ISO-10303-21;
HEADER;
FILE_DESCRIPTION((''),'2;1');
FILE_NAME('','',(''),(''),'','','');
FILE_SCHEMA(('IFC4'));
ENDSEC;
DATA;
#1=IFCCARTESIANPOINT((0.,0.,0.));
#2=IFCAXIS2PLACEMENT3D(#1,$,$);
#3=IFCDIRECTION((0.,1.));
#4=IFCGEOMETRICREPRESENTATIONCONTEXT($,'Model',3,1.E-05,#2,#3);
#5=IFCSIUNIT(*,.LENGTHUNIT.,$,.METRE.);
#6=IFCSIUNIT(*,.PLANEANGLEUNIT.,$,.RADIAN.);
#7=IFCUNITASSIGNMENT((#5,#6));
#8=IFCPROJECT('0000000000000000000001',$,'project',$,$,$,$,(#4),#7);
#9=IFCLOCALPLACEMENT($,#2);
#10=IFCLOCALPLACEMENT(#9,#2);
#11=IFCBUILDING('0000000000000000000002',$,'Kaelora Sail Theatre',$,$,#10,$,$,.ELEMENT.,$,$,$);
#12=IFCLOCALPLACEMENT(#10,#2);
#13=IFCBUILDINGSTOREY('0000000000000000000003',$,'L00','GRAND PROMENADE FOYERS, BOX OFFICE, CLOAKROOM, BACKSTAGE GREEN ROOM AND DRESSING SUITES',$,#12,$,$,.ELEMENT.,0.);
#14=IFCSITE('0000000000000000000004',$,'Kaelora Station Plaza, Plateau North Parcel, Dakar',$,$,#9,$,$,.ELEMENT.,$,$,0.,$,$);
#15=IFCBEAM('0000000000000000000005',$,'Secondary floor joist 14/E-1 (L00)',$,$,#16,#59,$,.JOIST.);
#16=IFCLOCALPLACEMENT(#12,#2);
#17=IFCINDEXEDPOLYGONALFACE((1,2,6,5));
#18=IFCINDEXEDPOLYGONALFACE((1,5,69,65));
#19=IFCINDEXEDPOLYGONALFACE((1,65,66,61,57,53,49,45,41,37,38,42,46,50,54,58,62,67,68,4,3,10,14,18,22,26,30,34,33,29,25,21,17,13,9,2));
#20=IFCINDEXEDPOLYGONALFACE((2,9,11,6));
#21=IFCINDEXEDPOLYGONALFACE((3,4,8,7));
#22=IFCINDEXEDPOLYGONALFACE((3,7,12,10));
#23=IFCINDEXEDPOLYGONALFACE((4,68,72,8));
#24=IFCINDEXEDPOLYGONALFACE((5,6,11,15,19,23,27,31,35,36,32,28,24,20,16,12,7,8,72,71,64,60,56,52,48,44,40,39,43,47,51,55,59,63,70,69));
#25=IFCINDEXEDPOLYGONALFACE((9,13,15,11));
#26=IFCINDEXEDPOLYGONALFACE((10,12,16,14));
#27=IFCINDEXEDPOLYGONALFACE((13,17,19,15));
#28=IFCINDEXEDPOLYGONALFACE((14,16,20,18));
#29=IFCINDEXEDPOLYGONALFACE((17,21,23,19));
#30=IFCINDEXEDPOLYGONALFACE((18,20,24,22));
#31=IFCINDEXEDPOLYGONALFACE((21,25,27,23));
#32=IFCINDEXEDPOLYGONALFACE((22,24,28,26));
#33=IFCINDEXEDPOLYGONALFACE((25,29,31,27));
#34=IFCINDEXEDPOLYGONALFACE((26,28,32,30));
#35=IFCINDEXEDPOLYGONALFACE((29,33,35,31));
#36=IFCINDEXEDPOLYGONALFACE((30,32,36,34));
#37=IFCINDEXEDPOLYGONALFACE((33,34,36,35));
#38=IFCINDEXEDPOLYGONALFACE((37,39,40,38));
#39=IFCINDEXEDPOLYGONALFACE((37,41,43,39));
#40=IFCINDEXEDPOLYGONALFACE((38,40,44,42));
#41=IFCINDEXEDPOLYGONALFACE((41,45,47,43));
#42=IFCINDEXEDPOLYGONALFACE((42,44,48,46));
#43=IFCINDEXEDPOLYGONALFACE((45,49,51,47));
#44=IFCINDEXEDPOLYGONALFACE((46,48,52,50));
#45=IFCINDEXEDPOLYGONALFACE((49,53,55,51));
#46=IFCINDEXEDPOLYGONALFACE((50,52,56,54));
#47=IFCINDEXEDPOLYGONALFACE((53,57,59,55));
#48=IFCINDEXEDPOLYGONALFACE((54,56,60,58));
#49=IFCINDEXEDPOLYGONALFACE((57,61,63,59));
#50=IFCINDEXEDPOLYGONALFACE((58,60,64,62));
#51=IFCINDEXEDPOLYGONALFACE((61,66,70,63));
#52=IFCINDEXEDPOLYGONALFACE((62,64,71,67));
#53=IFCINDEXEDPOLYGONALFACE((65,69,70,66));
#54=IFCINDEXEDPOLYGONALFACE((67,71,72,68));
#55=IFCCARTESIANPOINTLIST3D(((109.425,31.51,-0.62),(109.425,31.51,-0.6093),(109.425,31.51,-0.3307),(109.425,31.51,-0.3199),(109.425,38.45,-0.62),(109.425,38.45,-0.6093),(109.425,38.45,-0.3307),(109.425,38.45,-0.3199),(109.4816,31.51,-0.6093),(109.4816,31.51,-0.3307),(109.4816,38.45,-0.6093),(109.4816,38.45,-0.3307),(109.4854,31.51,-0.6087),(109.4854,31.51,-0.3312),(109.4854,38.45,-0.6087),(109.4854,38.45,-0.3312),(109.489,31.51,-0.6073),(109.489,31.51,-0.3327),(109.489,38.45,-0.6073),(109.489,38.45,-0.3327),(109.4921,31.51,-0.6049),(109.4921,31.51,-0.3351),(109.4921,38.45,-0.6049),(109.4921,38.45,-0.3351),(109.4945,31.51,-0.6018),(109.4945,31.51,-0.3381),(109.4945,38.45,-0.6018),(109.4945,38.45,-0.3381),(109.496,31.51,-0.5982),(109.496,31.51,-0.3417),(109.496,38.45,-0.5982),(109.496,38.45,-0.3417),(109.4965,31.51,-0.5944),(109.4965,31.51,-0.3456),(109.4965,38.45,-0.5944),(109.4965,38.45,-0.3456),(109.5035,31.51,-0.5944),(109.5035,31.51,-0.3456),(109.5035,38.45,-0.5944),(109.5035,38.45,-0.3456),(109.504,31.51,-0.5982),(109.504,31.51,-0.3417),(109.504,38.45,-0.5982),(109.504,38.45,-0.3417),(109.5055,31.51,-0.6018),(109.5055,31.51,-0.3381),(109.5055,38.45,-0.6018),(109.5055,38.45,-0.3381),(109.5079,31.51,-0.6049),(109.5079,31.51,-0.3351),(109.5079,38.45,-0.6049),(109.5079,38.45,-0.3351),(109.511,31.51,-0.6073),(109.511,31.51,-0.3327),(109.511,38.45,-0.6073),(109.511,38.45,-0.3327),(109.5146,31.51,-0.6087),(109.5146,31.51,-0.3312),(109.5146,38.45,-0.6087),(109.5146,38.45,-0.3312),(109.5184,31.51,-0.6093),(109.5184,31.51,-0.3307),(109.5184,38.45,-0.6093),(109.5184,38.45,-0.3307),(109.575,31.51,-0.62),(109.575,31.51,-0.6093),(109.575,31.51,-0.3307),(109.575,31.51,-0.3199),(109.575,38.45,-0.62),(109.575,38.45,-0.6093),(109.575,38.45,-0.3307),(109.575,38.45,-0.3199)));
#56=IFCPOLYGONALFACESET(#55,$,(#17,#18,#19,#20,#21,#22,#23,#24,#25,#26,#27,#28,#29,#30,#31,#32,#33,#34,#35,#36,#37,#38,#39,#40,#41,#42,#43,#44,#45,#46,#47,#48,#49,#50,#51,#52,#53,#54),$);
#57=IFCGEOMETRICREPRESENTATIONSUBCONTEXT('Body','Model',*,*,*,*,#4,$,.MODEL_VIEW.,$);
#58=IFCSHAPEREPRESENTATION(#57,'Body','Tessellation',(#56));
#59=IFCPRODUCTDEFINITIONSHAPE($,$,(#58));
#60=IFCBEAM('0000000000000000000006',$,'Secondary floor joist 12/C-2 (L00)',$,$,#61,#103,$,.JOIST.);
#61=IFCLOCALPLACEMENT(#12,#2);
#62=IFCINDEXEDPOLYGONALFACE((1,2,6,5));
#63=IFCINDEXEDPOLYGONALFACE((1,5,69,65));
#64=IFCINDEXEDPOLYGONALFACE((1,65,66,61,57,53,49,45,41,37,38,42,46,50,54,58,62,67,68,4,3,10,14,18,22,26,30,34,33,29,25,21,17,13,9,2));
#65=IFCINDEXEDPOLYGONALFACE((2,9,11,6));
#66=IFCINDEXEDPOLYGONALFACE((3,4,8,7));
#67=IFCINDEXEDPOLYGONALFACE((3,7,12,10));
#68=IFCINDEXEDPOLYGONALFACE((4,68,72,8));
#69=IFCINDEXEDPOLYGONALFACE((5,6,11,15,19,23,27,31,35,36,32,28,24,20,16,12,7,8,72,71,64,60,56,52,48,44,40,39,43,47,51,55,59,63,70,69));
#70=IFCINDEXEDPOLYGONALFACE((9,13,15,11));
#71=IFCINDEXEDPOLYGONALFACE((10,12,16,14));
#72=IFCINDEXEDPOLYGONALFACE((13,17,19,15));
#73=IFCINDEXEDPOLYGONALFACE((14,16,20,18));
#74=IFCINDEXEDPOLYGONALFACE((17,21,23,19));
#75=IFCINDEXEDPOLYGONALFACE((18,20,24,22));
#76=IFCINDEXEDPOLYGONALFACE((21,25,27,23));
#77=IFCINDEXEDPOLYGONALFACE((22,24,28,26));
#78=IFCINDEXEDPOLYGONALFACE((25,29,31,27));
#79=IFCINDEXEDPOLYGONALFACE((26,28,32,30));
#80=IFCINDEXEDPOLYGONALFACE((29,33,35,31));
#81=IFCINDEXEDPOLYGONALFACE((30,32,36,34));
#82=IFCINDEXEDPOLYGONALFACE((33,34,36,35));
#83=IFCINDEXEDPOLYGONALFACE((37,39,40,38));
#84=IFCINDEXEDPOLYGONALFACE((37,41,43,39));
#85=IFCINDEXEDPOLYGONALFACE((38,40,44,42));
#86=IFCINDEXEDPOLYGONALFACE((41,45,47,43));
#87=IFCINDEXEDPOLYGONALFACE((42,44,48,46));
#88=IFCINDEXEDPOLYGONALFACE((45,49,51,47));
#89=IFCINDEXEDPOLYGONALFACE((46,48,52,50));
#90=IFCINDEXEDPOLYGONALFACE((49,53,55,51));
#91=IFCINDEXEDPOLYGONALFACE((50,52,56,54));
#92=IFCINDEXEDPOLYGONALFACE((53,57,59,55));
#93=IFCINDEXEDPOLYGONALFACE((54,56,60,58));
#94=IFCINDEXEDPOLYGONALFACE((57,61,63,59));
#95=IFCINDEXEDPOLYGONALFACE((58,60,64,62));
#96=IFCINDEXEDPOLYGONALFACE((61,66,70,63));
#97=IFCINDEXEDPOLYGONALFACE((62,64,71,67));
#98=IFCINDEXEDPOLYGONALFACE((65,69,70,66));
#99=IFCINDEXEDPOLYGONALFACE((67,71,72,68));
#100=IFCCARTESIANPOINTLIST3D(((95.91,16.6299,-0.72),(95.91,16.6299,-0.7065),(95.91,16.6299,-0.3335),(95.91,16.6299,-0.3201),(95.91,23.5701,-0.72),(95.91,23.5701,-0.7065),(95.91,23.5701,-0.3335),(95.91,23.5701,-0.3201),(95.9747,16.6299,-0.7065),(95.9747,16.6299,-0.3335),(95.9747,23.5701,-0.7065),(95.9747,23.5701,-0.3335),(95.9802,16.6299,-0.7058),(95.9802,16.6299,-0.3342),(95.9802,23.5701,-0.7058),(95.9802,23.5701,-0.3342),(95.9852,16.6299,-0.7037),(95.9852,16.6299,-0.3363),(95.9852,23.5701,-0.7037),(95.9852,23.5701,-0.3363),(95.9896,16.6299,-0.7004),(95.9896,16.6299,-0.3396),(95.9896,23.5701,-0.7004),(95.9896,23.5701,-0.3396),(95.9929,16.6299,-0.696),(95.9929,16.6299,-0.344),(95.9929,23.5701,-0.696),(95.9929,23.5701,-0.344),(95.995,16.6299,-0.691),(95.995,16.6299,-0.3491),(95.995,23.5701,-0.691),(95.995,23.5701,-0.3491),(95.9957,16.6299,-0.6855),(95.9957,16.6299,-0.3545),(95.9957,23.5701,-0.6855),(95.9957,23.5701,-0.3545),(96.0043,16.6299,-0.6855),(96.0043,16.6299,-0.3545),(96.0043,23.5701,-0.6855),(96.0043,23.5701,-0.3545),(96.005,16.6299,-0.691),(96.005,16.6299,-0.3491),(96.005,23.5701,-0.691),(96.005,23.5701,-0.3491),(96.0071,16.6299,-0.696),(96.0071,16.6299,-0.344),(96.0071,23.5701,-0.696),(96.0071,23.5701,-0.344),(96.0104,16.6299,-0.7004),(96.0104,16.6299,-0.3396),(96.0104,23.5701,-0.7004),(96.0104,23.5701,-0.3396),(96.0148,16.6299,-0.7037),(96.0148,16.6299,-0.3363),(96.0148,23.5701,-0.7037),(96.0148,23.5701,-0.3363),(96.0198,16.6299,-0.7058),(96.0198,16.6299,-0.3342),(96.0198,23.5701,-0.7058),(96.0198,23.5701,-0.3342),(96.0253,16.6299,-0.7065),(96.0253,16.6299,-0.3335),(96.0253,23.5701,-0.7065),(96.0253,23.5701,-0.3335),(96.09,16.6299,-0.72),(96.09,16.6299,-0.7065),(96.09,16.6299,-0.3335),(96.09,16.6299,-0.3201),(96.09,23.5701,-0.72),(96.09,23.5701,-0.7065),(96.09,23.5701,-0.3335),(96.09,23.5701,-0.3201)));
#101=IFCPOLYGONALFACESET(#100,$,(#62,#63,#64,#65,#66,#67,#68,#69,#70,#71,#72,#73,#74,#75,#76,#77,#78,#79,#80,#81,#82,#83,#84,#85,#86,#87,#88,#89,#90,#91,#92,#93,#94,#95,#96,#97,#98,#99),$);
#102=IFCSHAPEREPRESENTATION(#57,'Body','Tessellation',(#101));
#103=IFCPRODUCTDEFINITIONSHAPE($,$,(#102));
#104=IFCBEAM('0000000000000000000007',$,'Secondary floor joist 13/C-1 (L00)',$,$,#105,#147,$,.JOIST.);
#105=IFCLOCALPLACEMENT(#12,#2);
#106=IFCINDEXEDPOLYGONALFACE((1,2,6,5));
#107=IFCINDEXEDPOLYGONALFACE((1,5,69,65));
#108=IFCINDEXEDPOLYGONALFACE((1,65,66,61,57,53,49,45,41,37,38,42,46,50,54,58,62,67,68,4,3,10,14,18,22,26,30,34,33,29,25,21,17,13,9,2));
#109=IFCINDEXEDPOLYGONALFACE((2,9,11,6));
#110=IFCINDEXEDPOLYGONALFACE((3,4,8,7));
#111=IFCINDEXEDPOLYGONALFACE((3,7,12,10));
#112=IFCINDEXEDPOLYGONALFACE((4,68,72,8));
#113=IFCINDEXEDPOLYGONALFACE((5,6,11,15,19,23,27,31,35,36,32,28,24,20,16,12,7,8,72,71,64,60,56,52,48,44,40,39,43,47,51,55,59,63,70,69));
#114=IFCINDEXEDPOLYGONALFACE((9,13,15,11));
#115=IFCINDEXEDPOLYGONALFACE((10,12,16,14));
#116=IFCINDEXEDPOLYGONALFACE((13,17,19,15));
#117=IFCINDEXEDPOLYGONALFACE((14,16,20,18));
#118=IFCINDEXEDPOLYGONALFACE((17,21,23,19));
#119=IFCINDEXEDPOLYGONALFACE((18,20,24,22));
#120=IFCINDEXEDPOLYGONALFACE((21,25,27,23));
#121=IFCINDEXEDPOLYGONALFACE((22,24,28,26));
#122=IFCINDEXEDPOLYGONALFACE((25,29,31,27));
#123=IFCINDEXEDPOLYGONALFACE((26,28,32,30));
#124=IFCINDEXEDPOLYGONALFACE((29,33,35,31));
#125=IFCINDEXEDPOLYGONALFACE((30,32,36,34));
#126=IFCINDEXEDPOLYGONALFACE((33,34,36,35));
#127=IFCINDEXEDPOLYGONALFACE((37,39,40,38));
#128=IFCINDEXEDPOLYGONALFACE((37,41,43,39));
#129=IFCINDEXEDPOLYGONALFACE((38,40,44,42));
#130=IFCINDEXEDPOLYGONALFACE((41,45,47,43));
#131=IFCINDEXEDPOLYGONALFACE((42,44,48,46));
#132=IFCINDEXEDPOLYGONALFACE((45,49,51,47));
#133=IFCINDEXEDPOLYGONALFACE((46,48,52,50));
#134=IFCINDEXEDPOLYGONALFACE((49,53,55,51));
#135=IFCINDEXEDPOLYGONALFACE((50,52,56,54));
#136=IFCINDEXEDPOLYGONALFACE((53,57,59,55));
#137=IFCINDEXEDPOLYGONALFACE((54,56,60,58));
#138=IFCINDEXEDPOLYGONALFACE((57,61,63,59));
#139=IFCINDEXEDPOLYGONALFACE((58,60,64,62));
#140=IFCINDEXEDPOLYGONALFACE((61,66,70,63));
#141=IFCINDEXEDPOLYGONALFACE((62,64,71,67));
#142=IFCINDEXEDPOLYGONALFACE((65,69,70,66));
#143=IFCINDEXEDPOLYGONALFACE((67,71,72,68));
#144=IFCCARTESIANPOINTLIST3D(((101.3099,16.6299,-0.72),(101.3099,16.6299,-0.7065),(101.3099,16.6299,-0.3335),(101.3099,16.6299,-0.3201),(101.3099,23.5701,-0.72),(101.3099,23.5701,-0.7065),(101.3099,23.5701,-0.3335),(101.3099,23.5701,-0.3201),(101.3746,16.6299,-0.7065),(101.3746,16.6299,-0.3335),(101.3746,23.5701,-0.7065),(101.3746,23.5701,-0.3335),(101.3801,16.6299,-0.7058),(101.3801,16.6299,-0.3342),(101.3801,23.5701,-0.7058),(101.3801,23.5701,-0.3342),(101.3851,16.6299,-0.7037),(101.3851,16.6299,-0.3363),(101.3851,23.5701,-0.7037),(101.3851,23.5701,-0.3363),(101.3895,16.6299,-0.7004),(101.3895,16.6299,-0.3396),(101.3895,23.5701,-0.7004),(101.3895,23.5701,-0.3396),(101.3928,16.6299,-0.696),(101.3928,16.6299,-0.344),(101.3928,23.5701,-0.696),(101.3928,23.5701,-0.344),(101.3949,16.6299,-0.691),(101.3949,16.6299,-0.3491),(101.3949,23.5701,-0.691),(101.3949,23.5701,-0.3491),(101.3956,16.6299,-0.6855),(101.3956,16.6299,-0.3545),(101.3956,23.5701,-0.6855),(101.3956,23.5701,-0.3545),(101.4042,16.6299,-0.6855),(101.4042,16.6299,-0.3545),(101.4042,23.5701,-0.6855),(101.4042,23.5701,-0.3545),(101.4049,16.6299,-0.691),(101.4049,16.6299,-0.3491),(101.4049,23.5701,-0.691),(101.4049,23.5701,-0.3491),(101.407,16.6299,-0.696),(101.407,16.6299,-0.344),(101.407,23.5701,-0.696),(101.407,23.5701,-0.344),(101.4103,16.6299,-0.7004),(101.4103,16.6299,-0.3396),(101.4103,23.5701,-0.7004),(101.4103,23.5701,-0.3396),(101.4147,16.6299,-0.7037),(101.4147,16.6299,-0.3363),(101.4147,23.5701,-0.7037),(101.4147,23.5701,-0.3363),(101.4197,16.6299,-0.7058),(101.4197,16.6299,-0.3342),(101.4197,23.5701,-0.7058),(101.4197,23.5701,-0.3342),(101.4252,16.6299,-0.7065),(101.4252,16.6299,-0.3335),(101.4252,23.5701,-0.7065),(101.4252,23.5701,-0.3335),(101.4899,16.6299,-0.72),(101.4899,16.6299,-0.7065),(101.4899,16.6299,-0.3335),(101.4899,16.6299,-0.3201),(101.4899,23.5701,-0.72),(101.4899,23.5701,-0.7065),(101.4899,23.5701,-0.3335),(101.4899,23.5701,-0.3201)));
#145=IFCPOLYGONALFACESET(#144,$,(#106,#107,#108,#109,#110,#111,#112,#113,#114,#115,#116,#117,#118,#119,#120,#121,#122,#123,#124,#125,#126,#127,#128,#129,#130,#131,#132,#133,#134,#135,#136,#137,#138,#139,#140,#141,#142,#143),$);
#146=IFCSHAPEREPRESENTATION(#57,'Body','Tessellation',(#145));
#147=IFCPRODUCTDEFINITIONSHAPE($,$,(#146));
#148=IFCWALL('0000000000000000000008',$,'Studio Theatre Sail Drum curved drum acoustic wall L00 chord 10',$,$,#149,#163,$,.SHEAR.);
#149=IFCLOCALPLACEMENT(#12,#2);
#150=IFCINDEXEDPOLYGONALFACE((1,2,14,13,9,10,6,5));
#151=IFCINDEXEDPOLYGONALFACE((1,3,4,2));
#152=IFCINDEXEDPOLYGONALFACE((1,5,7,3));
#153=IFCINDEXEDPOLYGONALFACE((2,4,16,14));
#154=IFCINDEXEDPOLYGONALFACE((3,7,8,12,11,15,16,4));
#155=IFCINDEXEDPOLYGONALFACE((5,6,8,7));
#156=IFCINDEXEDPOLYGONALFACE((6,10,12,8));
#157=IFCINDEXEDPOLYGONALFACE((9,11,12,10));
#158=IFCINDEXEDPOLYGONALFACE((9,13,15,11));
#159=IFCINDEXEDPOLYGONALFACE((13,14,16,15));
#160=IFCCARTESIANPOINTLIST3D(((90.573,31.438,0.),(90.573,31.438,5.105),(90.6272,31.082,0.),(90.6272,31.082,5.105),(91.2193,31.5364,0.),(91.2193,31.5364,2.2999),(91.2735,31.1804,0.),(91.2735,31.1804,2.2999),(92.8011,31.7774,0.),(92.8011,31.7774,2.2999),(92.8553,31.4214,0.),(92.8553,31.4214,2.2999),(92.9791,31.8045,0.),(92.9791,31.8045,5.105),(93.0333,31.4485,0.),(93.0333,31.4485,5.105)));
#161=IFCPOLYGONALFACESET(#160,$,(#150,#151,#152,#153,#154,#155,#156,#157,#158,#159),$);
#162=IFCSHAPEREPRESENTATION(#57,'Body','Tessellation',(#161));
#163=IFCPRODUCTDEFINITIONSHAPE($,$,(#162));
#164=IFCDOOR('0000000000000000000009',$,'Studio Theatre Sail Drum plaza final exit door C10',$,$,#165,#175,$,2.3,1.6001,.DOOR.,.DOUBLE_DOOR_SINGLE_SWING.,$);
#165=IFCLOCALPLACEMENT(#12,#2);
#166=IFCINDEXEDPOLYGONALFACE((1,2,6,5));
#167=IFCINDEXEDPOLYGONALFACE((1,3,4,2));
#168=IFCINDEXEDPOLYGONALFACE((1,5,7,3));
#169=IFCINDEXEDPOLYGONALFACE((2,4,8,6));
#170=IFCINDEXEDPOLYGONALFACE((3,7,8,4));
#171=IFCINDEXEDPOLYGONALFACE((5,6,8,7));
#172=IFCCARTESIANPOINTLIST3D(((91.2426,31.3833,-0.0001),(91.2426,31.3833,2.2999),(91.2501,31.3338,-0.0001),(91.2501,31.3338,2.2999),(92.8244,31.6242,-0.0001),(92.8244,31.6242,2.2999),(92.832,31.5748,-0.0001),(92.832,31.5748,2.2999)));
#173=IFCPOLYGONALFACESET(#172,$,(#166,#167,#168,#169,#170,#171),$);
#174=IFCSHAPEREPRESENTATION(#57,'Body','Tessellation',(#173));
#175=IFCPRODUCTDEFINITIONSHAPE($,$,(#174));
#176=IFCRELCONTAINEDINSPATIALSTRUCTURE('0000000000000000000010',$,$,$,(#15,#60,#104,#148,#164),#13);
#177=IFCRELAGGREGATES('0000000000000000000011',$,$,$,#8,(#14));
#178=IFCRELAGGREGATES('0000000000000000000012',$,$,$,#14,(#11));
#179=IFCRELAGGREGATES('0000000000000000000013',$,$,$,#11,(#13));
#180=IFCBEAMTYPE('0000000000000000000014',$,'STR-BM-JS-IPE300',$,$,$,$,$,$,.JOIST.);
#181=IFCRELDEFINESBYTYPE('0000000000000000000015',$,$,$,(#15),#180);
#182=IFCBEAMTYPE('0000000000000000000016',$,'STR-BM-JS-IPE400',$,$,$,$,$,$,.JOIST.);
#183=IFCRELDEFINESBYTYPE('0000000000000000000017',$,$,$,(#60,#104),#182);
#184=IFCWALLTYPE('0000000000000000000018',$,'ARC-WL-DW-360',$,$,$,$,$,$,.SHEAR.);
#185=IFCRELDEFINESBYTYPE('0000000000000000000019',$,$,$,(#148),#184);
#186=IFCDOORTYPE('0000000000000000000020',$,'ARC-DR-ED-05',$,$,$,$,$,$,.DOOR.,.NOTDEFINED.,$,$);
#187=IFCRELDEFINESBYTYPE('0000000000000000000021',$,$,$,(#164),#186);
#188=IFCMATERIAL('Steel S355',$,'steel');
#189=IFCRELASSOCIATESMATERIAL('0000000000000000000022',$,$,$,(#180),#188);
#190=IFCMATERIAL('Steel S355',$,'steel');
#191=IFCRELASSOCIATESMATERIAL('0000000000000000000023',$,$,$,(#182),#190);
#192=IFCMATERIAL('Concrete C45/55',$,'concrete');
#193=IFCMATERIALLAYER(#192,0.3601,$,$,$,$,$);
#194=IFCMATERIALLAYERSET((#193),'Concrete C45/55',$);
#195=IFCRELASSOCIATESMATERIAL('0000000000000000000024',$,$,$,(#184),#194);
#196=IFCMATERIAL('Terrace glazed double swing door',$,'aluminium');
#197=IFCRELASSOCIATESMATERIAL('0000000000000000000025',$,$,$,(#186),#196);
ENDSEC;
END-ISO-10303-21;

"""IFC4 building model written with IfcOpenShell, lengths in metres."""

from ifc_helpers import new_model, si_unit, direction, frame, frame_2d, origin, origin_2d, place, context, subcontext, project, spatial, rectangle, i_section, extrude, material, layer, layer_set, material_profile, profile_set, type_object, element, fill, save


model = new_model("IFC4")

# Units and contexts
model_context = context("Model", 3, precision=1e-05, world=origin(), true_north=direction((0.0, 1.0)))
body_context = subcontext(model_context, "Body", "Model", "MODEL_VIEW")
ifc_project = project(units=[si_unit("LENGTHUNIT", "METRE"), si_unit("PLANEANGLEUNIT", "RADIAN")], contexts=[model_context])

# Site, building, storey
site_placement = place(None, origin())
site = spatial("IfcSite", under=ifc_project, at=site_placement, Name="Kaelora Station Plaza, Plateau North Parcel, Dakar", CompositionType="ELEMENT", RefElevation=0.0)
building_placement = place(site_placement, origin())
building = spatial("IfcBuilding", under=site, at=building_placement, Name="Kaelora Sail Theatre", CompositionType="ELEMENT")
storey_placement = place(building_placement, origin())
storey = spatial("IfcBuildingStorey", under=building, at=storey_placement, Name="L00", Description="GRAND PROMENADE FOYERS, BOX OFFICE, CLOAKROOM, BACKSTAGE GREEN ROOM AND DRESSING SUITES", CompositionType="ELEMENT", Elevation=0.0)

# Beams
ifc_material_1 = material(Name="Steel S355", Category="steel")
ifc_material_profile_1 = material_profile(ifc_material_1, i_section(OverallWidth=0.1499, OverallDepth=0.3, WebThickness=0.0071, FlangeThickness=0.0107, FilletRadius=0.0149, at=origin_2d()), Name="IPE 300")
ifc_profile_set_1 = profile_set([ifc_material_profile_1], Name="Steel S355")
beam_type_1 = type_object("IfcBeamType", Name="STR-BM-JS-IPE300", PredefinedType="JOIST", material=ifc_profile_set_1)
beam_1_placement = place(storey_placement, frame((109.5, 31.51, -0.47), z_axis=(0.0, 1.0, 0.0), x_axis=(-1.0, 0.0, 0.0)))
element("IfcBeam", 1, at=beam_1_placement, inside=storey, type_object=beam_type_1, Name="Secondary floor joist 14/E-1 (L00)", PredefinedType="JOIST", context=body_context, shape_type="SweptSolid", body=[
    extrude(i_section(OverallWidth=0.1499, OverallDepth=0.3, WebThickness=0.0071, FlangeThickness=0.0107, FilletRadius=0.0149, at=origin_2d()), origin(), (0.0, 0.0, 1.0), 6.9399),
])
ifc_material_2 = material(Name="Steel S355", Category="steel")
ifc_material_profile_2 = material_profile(ifc_material_2, i_section(OverallWidth=0.1799, OverallDepth=0.3999, WebThickness=0.0085, FlangeThickness=0.0134, FilletRadius=0.021, at=origin_2d()), Name="IPE 400")
ifc_profile_set_2 = profile_set([ifc_material_profile_2], Name="Steel S355")
beam_type_2 = type_object("IfcBeamType", Name="STR-BM-JS-IPE400", PredefinedType="JOIST", material=ifc_profile_set_2)
for number, where, z_axis, x_axis, name in (
    (2, (96.0, 16.6299, -0.52), (0.0, 1.0, 0.0), (-1.0, 0.0, 0.0), "Secondary floor joist 12/C-2 (L00)"),
    (3, (101.3999, 16.6299, -0.52), (0.0, 1.0, 0.0), (-1.0, 0.0, 0.0), "Secondary floor joist 13/C-1 (L00)"),
):
    element("IfcBeam", number, at=place(storey_placement, frame(where, z_axis=z_axis, x_axis=x_axis)), inside=storey, type_object=beam_type_2, Name=name, PredefinedType="JOIST", context=body_context, shape_type="SweptSolid", body=[
        extrude(i_section(OverallWidth=0.1799, OverallDepth=0.3999, WebThickness=0.0085, FlangeThickness=0.0134, FilletRadius=0.021, at=origin_2d()), origin(), (0.0, 0.0, 1.0), 6.9402),
    ])

# Wall, opening, door
ifc_material_3 = material(Name="Concrete C45/55", Category="concrete")
ifc_layer = layer(ifc_material_3, 0.3601)
ifc_layer_set = layer_set([ifc_layer], Name="Concrete C45/55")
wall_type = type_object("IfcWallType", Name="ARC-WL-DW-360", PredefinedType="SHEAR", material=ifc_layer_set)
wall_placement = place(storey_placement, frame((93.0061, 31.6265, 0.0), z_axis=(0.0, 0.0, 1.0), x_axis=(-0.988599, -0.150572, 0.0)))
wall = element("IfcWall", 4, at=wall_placement, inside=storey, type_object=wall_type, Name="Studio Theatre Sail Drum curved drum acoustic wall L00 chord 10", PredefinedType="SHEAR", context=body_context, shape_type="SweptSolid", body=[
    extrude(rectangle(XDim=2.4338, YDim=0.3601, at=frame_2d((1.2168, 0.0))), origin(), (0.0, 0.0, 1.0), 5.105),
])
opening_placement = place(wall_placement, frame((0.1799, 0.0, 0.0)))
opening = element("IfcOpeningElement", 5, at=opening_placement, cuts=wall, PredefinedType="OPENING", context=body_context, shape_type="SweptSolid", body=[
    extrude(rectangle(XDim=1.6001, YDim=2.3, at=frame_2d((0.8, 1.1499))), frame((0.0, 0.1902, 0.0), z_axis=(0.0, -1.0, 0.0), x_axis=(1.0, 0.0, 0.0)), (0.0, 0.0, 1.0), 0.3801),
])
ifc_material_4 = material(Name="Terrace glazed double swing door", Category="aluminium")
door_type = type_object("IfcDoorType", Name="ARC-DR-ED-05", OperationType="NOTDEFINED", PredefinedType="DOOR", material=ifc_material_4)
door_placement = place(opening_placement, origin())
door = element("IfcDoor", 6, at=door_placement, inside=storey, type_object=door_type, Name="Studio Theatre Sail Drum plaza final exit door C10", OperationType="DOUBLE_DOOR_SINGLE_SWING", OverallHeight=2.3, OverallWidth=1.6001, PredefinedType="DOOR", context=body_context, shape_type="SweptSolid", body=[
    extrude(rectangle(XDim=1.6001, YDim=2.3, at=frame_2d((0.8, 1.1499))), frame((0.0, 0.0249, 0.0), z_axis=(0.0, -1.0, 0.0), x_axis=(1.0, 0.0, 0.0)), (0.0, 0.0, 1.0), 0.05),
])
fill(opening, door)

save(model, "model.ifc")
